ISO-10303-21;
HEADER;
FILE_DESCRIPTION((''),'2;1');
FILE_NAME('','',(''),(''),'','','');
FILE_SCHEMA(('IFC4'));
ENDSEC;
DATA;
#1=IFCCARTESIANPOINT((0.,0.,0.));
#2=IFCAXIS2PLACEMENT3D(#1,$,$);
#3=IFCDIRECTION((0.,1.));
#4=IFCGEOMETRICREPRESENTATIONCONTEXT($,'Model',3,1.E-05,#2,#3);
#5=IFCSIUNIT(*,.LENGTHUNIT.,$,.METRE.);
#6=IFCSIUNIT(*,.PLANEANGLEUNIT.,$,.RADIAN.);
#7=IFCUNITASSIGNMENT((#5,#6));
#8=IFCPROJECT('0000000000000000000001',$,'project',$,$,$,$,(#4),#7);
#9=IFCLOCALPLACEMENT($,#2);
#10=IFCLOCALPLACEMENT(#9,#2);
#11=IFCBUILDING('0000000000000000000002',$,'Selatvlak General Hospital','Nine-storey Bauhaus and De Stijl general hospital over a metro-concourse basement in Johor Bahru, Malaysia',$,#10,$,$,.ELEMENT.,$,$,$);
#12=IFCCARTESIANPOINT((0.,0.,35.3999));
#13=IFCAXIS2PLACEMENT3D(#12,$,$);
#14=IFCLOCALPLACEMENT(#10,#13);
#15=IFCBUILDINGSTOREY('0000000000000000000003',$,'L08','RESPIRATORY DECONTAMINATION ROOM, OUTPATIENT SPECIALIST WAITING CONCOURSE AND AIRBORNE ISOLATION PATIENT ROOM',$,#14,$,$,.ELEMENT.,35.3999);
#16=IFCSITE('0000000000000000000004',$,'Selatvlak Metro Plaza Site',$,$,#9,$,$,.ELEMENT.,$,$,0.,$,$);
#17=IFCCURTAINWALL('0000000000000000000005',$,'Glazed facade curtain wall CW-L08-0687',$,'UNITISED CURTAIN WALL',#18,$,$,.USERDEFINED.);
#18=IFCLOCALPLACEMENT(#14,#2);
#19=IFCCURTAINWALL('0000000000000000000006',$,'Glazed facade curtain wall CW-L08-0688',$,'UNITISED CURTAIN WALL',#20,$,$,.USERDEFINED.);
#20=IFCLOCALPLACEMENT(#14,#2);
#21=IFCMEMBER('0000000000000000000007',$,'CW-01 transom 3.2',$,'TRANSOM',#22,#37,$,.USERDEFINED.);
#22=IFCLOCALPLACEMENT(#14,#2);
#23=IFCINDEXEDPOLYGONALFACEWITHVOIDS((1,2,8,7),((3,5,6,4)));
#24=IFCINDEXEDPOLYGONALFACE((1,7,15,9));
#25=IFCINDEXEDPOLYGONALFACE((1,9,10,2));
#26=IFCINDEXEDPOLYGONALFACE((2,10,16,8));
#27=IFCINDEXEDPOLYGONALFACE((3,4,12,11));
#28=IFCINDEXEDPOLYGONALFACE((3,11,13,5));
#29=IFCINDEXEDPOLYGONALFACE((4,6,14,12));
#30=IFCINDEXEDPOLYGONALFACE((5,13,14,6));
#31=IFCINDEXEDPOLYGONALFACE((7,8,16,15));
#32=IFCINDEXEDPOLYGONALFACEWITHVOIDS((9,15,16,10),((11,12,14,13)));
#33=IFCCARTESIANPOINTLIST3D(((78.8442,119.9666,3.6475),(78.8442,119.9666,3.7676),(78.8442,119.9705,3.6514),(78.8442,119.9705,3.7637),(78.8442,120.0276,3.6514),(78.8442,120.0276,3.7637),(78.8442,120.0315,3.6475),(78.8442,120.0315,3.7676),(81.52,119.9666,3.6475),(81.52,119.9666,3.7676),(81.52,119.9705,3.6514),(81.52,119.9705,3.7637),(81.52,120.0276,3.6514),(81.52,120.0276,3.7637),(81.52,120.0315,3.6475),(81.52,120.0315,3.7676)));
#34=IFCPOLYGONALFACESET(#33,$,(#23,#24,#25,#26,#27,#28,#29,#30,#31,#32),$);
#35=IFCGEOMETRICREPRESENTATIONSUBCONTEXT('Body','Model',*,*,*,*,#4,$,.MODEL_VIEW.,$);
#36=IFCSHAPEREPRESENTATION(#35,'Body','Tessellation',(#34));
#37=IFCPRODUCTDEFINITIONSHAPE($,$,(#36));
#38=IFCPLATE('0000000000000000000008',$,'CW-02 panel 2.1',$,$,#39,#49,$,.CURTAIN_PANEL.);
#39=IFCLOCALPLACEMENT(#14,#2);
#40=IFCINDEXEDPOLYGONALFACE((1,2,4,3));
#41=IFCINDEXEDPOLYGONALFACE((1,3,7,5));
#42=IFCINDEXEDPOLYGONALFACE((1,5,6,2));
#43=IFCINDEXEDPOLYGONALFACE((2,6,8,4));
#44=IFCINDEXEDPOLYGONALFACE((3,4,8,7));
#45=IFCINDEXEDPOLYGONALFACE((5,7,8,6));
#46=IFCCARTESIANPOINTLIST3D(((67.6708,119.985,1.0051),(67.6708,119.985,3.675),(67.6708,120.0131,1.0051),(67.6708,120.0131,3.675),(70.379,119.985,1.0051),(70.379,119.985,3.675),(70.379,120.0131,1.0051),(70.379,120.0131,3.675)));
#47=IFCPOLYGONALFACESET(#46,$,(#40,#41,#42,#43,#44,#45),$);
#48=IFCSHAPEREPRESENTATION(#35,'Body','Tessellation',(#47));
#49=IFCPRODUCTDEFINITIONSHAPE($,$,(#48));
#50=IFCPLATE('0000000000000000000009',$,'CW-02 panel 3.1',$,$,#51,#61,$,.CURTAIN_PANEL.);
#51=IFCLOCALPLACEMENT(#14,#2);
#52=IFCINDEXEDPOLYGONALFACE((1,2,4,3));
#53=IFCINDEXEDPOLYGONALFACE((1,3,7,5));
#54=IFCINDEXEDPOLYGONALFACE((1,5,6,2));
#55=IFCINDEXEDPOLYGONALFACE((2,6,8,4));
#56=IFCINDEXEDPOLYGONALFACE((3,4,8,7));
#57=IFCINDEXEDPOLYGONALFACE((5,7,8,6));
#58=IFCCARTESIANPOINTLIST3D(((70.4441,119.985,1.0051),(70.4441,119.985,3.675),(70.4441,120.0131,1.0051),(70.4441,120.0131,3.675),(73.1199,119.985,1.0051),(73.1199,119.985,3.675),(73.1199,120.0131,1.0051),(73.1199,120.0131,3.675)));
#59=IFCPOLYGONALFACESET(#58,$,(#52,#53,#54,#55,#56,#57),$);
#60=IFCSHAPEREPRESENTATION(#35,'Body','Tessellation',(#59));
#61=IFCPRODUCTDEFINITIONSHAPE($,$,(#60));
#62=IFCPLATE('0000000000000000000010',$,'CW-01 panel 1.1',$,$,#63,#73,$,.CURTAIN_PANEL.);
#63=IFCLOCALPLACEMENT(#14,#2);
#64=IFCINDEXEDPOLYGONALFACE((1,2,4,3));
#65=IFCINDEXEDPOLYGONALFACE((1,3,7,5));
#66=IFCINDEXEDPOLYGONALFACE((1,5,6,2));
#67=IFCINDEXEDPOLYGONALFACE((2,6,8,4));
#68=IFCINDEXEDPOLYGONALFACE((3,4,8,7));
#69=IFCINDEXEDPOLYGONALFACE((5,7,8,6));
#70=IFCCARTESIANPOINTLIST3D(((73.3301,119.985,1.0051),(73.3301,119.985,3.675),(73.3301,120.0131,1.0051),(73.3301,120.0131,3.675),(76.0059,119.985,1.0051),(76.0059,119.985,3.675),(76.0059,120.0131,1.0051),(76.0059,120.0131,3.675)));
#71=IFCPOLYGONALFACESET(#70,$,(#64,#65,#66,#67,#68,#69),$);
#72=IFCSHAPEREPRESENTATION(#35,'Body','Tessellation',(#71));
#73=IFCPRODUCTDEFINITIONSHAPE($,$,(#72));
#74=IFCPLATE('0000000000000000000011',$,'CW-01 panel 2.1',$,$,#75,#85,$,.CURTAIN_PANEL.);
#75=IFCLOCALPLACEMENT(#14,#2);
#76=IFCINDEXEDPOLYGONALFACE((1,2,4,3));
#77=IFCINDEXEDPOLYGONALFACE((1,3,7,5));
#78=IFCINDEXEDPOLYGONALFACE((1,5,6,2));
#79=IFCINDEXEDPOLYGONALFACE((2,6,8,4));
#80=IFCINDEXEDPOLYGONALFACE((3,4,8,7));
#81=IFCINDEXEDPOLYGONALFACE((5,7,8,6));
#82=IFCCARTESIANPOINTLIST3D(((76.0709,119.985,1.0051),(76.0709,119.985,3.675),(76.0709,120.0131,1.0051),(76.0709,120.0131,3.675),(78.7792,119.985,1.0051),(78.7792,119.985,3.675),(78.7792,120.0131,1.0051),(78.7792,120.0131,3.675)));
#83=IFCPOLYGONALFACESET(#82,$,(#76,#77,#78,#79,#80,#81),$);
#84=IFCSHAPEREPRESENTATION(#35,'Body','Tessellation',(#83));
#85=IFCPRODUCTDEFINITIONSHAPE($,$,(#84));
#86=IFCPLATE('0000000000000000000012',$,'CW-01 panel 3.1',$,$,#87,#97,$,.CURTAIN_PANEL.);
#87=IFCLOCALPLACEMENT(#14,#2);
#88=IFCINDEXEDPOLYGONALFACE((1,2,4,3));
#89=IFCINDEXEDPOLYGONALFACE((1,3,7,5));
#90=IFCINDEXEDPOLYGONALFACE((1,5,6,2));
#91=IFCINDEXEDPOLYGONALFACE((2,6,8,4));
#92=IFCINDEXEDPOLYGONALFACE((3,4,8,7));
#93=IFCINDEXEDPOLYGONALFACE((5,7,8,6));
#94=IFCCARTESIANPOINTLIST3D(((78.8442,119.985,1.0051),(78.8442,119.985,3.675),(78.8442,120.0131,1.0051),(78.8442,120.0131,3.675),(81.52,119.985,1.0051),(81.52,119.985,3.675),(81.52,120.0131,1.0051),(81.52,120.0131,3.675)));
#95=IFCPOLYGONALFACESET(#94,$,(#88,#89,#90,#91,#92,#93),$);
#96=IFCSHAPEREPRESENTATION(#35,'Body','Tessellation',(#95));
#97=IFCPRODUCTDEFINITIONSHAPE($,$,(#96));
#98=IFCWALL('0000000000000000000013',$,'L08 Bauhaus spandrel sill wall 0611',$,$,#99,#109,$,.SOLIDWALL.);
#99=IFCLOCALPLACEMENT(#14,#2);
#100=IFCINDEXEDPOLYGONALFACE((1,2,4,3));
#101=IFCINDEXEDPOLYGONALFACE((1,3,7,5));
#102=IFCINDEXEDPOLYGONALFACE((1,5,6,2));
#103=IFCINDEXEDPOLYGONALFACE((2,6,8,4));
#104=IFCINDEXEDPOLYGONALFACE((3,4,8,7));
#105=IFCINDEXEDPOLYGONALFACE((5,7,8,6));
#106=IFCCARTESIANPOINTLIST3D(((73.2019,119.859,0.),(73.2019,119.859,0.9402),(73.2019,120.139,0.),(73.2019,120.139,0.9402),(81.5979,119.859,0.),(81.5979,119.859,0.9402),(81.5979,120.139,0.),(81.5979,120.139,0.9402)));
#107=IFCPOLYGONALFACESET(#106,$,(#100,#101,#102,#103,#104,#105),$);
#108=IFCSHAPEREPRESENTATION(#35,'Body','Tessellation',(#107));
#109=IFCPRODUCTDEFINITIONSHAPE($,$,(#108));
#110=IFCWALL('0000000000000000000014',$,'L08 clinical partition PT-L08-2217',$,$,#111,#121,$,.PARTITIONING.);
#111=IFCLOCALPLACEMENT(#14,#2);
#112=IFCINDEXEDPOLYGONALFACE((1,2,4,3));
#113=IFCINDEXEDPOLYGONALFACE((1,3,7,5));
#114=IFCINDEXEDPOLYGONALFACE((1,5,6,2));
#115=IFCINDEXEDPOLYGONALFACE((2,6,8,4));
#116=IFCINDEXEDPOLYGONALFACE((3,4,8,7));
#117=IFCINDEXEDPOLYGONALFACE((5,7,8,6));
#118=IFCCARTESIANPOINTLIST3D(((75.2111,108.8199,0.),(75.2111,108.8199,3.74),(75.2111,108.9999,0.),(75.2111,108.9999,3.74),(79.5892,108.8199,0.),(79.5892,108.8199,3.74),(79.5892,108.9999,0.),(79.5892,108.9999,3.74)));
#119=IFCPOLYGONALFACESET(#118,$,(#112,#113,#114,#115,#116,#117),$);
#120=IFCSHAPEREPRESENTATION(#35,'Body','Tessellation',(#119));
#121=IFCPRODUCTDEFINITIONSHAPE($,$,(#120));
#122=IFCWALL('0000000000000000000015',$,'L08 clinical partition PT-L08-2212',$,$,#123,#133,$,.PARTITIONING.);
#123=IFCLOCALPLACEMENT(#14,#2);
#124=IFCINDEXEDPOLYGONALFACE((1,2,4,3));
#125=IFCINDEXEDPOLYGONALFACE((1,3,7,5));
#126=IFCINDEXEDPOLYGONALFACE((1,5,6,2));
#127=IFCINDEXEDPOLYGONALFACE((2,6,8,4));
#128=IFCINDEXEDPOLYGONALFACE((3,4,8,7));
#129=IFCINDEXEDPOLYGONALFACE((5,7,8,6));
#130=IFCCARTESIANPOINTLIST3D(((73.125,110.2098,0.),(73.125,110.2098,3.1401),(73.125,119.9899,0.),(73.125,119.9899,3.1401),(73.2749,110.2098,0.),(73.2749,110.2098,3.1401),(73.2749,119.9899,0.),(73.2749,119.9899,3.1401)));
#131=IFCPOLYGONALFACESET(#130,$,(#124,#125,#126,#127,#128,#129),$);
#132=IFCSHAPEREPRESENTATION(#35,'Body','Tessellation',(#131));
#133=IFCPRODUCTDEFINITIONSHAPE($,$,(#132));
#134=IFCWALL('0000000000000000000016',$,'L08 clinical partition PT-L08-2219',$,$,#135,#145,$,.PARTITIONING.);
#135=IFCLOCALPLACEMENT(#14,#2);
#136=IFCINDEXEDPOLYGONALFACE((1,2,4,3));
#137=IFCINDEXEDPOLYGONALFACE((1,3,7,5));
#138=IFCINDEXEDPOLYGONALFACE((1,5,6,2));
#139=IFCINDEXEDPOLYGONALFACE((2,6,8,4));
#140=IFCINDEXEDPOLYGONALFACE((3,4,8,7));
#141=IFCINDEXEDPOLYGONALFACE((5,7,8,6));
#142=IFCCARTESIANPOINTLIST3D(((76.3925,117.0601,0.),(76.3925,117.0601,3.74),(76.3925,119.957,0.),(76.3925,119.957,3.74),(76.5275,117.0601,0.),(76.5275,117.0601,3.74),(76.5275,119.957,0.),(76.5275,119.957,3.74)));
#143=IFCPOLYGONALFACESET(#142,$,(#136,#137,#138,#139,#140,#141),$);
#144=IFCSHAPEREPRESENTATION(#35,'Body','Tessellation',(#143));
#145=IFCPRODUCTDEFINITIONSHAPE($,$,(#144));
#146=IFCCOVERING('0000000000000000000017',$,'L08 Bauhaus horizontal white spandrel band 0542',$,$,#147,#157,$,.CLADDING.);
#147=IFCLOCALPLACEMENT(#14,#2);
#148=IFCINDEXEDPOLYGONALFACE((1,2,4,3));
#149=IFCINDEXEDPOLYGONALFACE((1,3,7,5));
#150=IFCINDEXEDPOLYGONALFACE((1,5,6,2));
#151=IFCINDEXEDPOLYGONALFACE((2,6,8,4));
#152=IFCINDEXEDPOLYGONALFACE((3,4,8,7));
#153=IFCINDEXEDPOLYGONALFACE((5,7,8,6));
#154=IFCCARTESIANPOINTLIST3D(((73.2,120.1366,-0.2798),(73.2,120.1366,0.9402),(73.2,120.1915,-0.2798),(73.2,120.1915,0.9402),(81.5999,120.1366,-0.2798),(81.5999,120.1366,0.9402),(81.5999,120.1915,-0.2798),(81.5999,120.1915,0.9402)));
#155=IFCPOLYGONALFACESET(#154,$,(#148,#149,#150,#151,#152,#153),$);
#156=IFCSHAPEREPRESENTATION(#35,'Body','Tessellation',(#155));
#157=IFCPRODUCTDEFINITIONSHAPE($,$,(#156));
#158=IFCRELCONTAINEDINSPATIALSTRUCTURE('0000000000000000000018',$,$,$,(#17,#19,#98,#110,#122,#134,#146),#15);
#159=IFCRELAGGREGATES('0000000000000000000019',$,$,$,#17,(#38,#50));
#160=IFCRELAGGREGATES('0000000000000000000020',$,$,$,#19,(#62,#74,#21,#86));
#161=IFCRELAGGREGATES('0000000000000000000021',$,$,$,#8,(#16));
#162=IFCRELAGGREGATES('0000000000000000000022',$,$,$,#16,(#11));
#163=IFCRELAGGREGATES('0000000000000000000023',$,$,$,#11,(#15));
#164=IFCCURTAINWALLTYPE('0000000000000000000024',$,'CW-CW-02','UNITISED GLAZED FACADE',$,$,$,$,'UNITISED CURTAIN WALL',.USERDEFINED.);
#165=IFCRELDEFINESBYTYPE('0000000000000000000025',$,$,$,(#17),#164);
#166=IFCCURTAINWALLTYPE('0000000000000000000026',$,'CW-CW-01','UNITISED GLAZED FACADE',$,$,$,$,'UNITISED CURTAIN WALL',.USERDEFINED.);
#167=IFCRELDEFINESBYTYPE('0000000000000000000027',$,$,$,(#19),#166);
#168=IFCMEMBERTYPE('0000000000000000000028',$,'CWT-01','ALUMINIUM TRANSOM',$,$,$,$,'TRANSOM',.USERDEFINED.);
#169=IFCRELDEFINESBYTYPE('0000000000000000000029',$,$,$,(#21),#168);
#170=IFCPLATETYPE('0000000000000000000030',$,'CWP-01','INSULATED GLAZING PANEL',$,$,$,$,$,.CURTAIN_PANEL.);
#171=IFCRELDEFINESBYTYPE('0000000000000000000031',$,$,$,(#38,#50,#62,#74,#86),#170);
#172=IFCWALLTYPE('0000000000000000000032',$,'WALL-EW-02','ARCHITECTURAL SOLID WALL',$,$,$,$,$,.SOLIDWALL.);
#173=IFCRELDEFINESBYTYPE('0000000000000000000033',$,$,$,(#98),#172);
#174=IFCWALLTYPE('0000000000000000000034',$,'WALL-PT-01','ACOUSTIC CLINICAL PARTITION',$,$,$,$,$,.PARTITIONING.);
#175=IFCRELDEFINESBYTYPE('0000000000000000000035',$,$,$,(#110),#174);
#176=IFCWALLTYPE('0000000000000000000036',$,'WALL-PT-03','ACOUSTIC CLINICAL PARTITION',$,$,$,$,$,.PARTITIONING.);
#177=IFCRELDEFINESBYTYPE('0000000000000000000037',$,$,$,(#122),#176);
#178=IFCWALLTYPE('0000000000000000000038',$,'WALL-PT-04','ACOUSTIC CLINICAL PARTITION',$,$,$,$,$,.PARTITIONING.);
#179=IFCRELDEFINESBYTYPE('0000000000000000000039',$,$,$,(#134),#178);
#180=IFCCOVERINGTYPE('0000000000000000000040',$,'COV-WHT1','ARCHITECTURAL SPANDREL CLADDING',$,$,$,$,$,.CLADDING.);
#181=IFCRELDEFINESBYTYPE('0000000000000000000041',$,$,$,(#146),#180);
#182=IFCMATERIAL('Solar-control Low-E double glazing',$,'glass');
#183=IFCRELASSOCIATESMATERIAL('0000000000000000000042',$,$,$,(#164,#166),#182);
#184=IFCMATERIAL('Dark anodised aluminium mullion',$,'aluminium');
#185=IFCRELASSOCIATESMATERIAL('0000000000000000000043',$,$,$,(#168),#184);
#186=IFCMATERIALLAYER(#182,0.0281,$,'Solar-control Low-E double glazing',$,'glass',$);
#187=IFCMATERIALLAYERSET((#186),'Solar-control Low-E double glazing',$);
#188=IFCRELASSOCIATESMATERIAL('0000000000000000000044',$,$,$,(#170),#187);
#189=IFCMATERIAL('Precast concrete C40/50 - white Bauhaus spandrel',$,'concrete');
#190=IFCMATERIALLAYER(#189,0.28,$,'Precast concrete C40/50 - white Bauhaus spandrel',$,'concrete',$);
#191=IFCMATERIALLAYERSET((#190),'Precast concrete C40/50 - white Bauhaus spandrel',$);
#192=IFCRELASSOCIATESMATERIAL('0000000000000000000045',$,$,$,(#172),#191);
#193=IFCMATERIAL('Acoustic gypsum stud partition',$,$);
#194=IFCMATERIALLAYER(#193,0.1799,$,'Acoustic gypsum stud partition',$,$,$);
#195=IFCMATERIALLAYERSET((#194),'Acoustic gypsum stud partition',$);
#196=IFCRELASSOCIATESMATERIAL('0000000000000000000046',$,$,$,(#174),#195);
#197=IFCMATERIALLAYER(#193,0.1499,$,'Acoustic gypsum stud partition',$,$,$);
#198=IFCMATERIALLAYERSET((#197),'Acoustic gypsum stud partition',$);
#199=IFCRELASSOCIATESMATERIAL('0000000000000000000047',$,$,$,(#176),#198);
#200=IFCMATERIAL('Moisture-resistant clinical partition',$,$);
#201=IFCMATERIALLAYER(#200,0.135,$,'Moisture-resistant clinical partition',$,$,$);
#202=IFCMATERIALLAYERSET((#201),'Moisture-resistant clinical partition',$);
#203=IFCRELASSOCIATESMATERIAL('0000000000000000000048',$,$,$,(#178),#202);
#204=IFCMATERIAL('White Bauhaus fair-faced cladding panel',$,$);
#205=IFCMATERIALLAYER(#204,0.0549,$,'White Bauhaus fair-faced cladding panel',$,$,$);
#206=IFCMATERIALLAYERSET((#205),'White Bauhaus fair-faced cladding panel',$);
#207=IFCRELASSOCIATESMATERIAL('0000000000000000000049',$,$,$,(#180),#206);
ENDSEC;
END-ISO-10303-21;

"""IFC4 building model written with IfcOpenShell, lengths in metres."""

from ifc_helpers import new_model, si_unit, direction, frame, frame_2d, origin, origin_2d, place, context, subcontext, project, spatial, rectangle, hollow_rectangle, extrude, material, layer, layer_set, material_profile, profile_set, type_object, element, aggregate, save


model = new_model("IFC4")

# Units and contexts
model_context = context("Model", 3, precision=1e-05, world=origin(), true_north=direction((0.0, 1.0)))
body_context = subcontext(model_context, "Body", "Model", "MODEL_VIEW")
ifc_project = project(units=[si_unit("LENGTHUNIT", "METRE"), si_unit("PLANEANGLEUNIT", "RADIAN")], contexts=[model_context])

# Site, building, storey
site_placement = place(None, origin())
site = spatial("IfcSite", under=ifc_project, at=site_placement, Name="Selatvlak Metro Plaza Site", CompositionType="ELEMENT", RefElevation=0.0)
building_placement = place(site_placement, origin())
building = spatial("IfcBuilding", under=site, at=building_placement, Name="Selatvlak General Hospital", Description="Nine-storey Bauhaus and De Stijl general hospital over a metro-concourse basement in Johor Bahru, Malaysia", CompositionType="ELEMENT")
storey_placement = place(building_placement, frame((0.0, 0.0, 35.3999)))
storey = spatial("IfcBuildingStorey", under=building, at=storey_placement, Name="L08", Description="RESPIRATORY DECONTAMINATION ROOM, OUTPATIENT SPECIALIST WAITING CONCOURSE AND AIRBORNE ISOLATION PATIENT ROOM", CompositionType="ELEMENT", Elevation=35.3999)

# Curtain walls
ifc_material_1 = material(Name="Solar-control Low-E double glazing", Category="glass")
curtain_wall_type_1 = type_object("IfcCurtainWallType", Name="CW-CW-02", Description="UNITISED GLAZED FACADE", ElementType="UNITISED CURTAIN WALL", PredefinedType="USERDEFINED", material=ifc_material_1)
curtain_wall_1_placement = place(storey_placement, origin())
curtain_wall_1 = element("IfcCurtainWall", 1, at=curtain_wall_1_placement, inside=storey, type_object=curtain_wall_type_1, Name="Glazed facade curtain wall CW-L08-0687", ObjectType="UNITISED CURTAIN WALL", PredefinedType="USERDEFINED")
ifc_material_2 = material(Name="Dark anodised aluminium mullion", Category="aluminium")
curtain_wall_type_2 = type_object("IfcCurtainWallType", Name="CW-CW-01", Description="UNITISED GLAZED FACADE", ElementType="UNITISED CURTAIN WALL", PredefinedType="USERDEFINED", material=ifc_material_1)
curtain_wall_2_placement = place(storey_placement, origin())
curtain_wall_2 = element("IfcCurtainWall", 2, at=curtain_wall_2_placement, inside=storey, type_object=curtain_wall_type_2, Name="Glazed facade curtain wall CW-L08-0688", ObjectType="UNITISED CURTAIN WALL", PredefinedType="USERDEFINED")

# Member
ifc_material_profile_1 = material_profile(ifc_material_2, hollow_rectangle(XDim=0.0649, YDim=0.1201, WallThickness=0.0039, at=origin_2d()), Name="AL-TRN 65x120x4")
ifc_profile_set_1 = profile_set([ifc_material_profile_1], Name="Dark anodised aluminium mullion")
member_type_1 = type_object("IfcMemberType", Name="CWT-01", Description="ALUMINIUM TRANSOM", ElementType="TRANSOM", PredefinedType="USERDEFINED", material=ifc_profile_set_1)
member_1_placement = place(storey_placement, frame((78.8442, 119.999, 3.7075), z_axis=(1.0, 0.0, 0.0), x_axis=(0.0, 1.0, 0.0)))
member_1 = element("IfcMember", 3, at=member_1_placement, type_object=member_type_1, Name="CW-01 transom 3.2", ObjectType="TRANSOM", PredefinedType="USERDEFINED", context=body_context, shape_type="SweptSolid", body=[
    extrude(hollow_rectangle(XDim=0.0649, YDim=0.1201, WallThickness=0.0039, at=origin_2d()), origin(), (0.0, 0.0, 1.0), 2.6758),
])

# Plates
ifc_layer_1 = layer(ifc_material_1, 0.0281, Name="Solar-control Low-E double glazing", Category="glass")
ifc_layer_set_1 = layer_set([ifc_layer_1], Name="Solar-control Low-E double glazing")
plate_type = type_object("IfcPlateType", Name="CWP-01", Description="INSULATED GLAZING PANEL", PredefinedType="CURTAIN_PANEL", material=ifc_layer_set_1)
plate_1_placement = place(storey_placement, frame((69.0249, 119.999, 1.0051), z_axis=(0.0, 0.0, 1.0), x_axis=(1.0, 0.0, 0.0)))
plate_1 = element("IfcPlate", 4, at=plate_1_placement, type_object=plate_type, Name="CW-02 panel 2.1", PredefinedType="CURTAIN_PANEL", context=body_context, shape_type="SweptSolid", body=[
    extrude(rectangle(XDim=2.7083, YDim=0.0281, at=origin_2d()), origin(), (0.0, 0.0, 1.0), 2.6699),
])
plate_2_placement = place(storey_placement, frame((71.782, 119.999, 1.0051), z_axis=(0.0, 0.0, 1.0), x_axis=(1.0, 0.0, 0.0)))
plate_2 = element("IfcPlate", 5, at=plate_2_placement, type_object=plate_type, Name="CW-02 panel 3.1", PredefinedType="CURTAIN_PANEL", context=body_context, shape_type="SweptSolid", body=[
    extrude(rectangle(XDim=2.6758, YDim=0.0281, at=origin_2d()), origin(), (0.0, 0.0, 1.0), 2.6699),
])
aggregate(curtain_wall_1, [plate_1, plate_2])
plate_3_placement = place(storey_placement, frame((74.668, 119.999, 1.0051), z_axis=(0.0, 0.0, 1.0), x_axis=(1.0, 0.0, 0.0)))
plate_3 = element("IfcPlate", 6, at=plate_3_placement, type_object=plate_type, Name="CW-01 panel 1.1", PredefinedType="CURTAIN_PANEL", context=body_context, shape_type="SweptSolid", body=[
    extrude(rectangle(XDim=2.6758, YDim=0.0281, at=origin_2d()), origin(), (0.0, 0.0, 1.0), 2.6699),
])
plate_4_placement = place(storey_placement, frame((77.425, 119.999, 1.0051), z_axis=(0.0, 0.0, 1.0), x_axis=(1.0, 0.0, 0.0)))
plate_4 = element("IfcPlate", 7, at=plate_4_placement, type_object=plate_type, Name="CW-01 panel 2.1", PredefinedType="CURTAIN_PANEL", context=body_context, shape_type="SweptSolid", body=[
    extrude(rectangle(XDim=2.7083, YDim=0.0281, at=origin_2d()), origin(), (0.0, 0.0, 1.0), 2.6699),
])
plate_5_placement = place(storey_placement, frame((80.1821, 119.999, 1.0051), z_axis=(0.0, 0.0, 1.0), x_axis=(1.0, 0.0, 0.0)))
plate_5 = element("IfcPlate", 8, at=plate_5_placement, type_object=plate_type, Name="CW-01 panel 3.1", PredefinedType="CURTAIN_PANEL", context=body_context, shape_type="SweptSolid", body=[
    extrude(rectangle(XDim=2.6758, YDim=0.0281, at=origin_2d()), origin(), (0.0, 0.0, 1.0), 2.6699),
])
aggregate(curtain_wall_2, [plate_3, plate_4, member_1, plate_5])

# Walls
ifc_material_3 = material(Name="Precast concrete C40/50 - white Bauhaus spandrel", Category="concrete")
ifc_layer_2 = layer(ifc_material_3, 0.28, Name="Precast concrete C40/50 - white Bauhaus spandrel", Category="concrete")
ifc_layer_set_2 = layer_set([ifc_layer_2], Name="Precast concrete C40/50 - white Bauhaus spandrel")
wall_type_1 = type_object("IfcWallType", Name="WALL-EW-02", Description="ARCHITECTURAL SOLID WALL", PredefinedType="SOLIDWALL", material=ifc_layer_set_2)
wall_1_placement = place(storey_placement, frame((73.2019, 119.999, 0.0), z_axis=(0.0, 0.0, 1.0), x_axis=(1.0, 0.0, 0.0)))
element("IfcWall", 9, at=wall_1_placement, inside=storey, type_object=wall_type_1, Name="L08 Bauhaus spandrel sill wall 0611", PredefinedType="SOLIDWALL", context=body_context, shape_type="SweptSolid", body=[
    extrude(rectangle(XDim=8.396, YDim=0.28, at=frame_2d((4.198, 0.0))), origin(), (0.0, 0.0, 1.0), 0.9402),
])
ifc_material_4 = material(Name="Acoustic gypsum stud partition")
ifc_layer_3 = layer(ifc_material_4, 0.1799, Name="Acoustic gypsum stud partition")
ifc_layer_set_3 = layer_set([ifc_layer_3], Name="Acoustic gypsum stud partition")
wall_type_2 = type_object("IfcWallType", Name="WALL-PT-01", Description="ACOUSTIC CLINICAL PARTITION", PredefinedType="PARTITIONING", material=ifc_layer_set_3)
wall_2_placement = place(storey_placement, frame((79.5891, 108.9099, 0.0), z_axis=(0.0, 0.0, 1.0), x_axis=(-1.0, 0.0, 0.0)))
element("IfcWall", 10, at=wall_2_placement, inside=storey, type_object=wall_type_2, Name="L08 clinical partition PT-L08-2217", PredefinedType="PARTITIONING", context=body_context, shape_type="SweptSolid", body=[
    extrude(rectangle(XDim=4.3782, YDim=0.1799, at=frame_2d((2.189, 0.0))), origin(), (0.0, 0.0, 1.0), 3.74),
])

# Wall
ifc_layer_4 = layer(ifc_material_4, 0.1499, Name="Acoustic gypsum stud partition")
ifc_layer_set_4 = layer_set([ifc_layer_4], Name="Acoustic gypsum stud partition")
wall_type_3 = type_object("IfcWallType", Name="WALL-PT-03", Description="ACOUSTIC CLINICAL PARTITION", PredefinedType="PARTITIONING", material=ifc_layer_set_4)
wall_3_placement = place(storey_placement, frame((73.2, 119.99, 0.0), z_axis=(0.0, 0.0, 1.0), x_axis=(0.0, -1.0, 0.0)))
element("IfcWall", 11, at=wall_3_placement, inside=storey, type_object=wall_type_3, Name="L08 clinical partition PT-L08-2212", PredefinedType="PARTITIONING", context=body_context, shape_type="SweptSolid", body=[
    extrude(rectangle(XDim=9.78, YDim=0.1499, at=frame_2d((4.8901, 0.0))), origin(), (0.0, 0.0, 1.0), 3.1401),
])

# Shared definitions
ifc_material_5 = material(Name="Moisture-resistant clinical partition")
ifc_layer_5 = layer(ifc_material_5, 0.135, Name="Moisture-resistant clinical partition")
ifc_layer_set_5 = layer_set([ifc_layer_5], Name="Moisture-resistant clinical partition")
wall_type_4 = type_object("IfcWallType", Name="WALL-PT-04", Description="ACOUSTIC CLINICAL PARTITION", PredefinedType="PARTITIONING", material=ifc_layer_set_5)

# Wall
wall_4_placement = place(storey_placement, frame((76.46, 117.0601, 0.0), z_axis=(0.0, 0.0, 1.0), x_axis=(0.0, 1.0, 0.0)))
element("IfcWall", 12, at=wall_4_placement, inside=storey, type_object=wall_type_4, Name="L08 clinical partition PT-L08-2219", PredefinedType="PARTITIONING", context=body_context, shape_type="SweptSolid", body=[
    extrude(rectangle(XDim=2.897, YDim=0.135, at=frame_2d((1.4485, 0.0))), origin(), (0.0, 0.0, 1.0), 3.74),
])

# Covering
ifc_material_6 = material(Name="White Bauhaus fair-faced cladding panel")
ifc_layer_6 = layer(ifc_material_6, 0.0549, Name="White Bauhaus fair-faced cladding panel")
ifc_layer_set_6 = layer_set([ifc_layer_6], Name="White Bauhaus fair-faced cladding panel")
covering_type = type_object("IfcCoveringType", Name="COV-WHT1", Description="ARCHITECTURAL SPANDREL CLADDING", PredefinedType="CLADDING", material=ifc_layer_set_6)
covering_placement = place(storey_placement, frame((77.3999, 120.1641, -0.2798), z_axis=(0.0, 0.0, 1.0), x_axis=(1.0, 0.0, 0.0)))
element("IfcCovering", 13, at=covering_placement, inside=storey, type_object=covering_type, Name="L08 Bauhaus horizontal white spandrel band 0542", PredefinedType="CLADDING", context=body_context, shape_type="SweptSolid", body=[
    extrude(rectangle(XDim=8.3999, YDim=0.0549, at=origin_2d()), origin(), (0.0, 0.0, 1.0), 1.22),
])

save(model, "model.ifc")
